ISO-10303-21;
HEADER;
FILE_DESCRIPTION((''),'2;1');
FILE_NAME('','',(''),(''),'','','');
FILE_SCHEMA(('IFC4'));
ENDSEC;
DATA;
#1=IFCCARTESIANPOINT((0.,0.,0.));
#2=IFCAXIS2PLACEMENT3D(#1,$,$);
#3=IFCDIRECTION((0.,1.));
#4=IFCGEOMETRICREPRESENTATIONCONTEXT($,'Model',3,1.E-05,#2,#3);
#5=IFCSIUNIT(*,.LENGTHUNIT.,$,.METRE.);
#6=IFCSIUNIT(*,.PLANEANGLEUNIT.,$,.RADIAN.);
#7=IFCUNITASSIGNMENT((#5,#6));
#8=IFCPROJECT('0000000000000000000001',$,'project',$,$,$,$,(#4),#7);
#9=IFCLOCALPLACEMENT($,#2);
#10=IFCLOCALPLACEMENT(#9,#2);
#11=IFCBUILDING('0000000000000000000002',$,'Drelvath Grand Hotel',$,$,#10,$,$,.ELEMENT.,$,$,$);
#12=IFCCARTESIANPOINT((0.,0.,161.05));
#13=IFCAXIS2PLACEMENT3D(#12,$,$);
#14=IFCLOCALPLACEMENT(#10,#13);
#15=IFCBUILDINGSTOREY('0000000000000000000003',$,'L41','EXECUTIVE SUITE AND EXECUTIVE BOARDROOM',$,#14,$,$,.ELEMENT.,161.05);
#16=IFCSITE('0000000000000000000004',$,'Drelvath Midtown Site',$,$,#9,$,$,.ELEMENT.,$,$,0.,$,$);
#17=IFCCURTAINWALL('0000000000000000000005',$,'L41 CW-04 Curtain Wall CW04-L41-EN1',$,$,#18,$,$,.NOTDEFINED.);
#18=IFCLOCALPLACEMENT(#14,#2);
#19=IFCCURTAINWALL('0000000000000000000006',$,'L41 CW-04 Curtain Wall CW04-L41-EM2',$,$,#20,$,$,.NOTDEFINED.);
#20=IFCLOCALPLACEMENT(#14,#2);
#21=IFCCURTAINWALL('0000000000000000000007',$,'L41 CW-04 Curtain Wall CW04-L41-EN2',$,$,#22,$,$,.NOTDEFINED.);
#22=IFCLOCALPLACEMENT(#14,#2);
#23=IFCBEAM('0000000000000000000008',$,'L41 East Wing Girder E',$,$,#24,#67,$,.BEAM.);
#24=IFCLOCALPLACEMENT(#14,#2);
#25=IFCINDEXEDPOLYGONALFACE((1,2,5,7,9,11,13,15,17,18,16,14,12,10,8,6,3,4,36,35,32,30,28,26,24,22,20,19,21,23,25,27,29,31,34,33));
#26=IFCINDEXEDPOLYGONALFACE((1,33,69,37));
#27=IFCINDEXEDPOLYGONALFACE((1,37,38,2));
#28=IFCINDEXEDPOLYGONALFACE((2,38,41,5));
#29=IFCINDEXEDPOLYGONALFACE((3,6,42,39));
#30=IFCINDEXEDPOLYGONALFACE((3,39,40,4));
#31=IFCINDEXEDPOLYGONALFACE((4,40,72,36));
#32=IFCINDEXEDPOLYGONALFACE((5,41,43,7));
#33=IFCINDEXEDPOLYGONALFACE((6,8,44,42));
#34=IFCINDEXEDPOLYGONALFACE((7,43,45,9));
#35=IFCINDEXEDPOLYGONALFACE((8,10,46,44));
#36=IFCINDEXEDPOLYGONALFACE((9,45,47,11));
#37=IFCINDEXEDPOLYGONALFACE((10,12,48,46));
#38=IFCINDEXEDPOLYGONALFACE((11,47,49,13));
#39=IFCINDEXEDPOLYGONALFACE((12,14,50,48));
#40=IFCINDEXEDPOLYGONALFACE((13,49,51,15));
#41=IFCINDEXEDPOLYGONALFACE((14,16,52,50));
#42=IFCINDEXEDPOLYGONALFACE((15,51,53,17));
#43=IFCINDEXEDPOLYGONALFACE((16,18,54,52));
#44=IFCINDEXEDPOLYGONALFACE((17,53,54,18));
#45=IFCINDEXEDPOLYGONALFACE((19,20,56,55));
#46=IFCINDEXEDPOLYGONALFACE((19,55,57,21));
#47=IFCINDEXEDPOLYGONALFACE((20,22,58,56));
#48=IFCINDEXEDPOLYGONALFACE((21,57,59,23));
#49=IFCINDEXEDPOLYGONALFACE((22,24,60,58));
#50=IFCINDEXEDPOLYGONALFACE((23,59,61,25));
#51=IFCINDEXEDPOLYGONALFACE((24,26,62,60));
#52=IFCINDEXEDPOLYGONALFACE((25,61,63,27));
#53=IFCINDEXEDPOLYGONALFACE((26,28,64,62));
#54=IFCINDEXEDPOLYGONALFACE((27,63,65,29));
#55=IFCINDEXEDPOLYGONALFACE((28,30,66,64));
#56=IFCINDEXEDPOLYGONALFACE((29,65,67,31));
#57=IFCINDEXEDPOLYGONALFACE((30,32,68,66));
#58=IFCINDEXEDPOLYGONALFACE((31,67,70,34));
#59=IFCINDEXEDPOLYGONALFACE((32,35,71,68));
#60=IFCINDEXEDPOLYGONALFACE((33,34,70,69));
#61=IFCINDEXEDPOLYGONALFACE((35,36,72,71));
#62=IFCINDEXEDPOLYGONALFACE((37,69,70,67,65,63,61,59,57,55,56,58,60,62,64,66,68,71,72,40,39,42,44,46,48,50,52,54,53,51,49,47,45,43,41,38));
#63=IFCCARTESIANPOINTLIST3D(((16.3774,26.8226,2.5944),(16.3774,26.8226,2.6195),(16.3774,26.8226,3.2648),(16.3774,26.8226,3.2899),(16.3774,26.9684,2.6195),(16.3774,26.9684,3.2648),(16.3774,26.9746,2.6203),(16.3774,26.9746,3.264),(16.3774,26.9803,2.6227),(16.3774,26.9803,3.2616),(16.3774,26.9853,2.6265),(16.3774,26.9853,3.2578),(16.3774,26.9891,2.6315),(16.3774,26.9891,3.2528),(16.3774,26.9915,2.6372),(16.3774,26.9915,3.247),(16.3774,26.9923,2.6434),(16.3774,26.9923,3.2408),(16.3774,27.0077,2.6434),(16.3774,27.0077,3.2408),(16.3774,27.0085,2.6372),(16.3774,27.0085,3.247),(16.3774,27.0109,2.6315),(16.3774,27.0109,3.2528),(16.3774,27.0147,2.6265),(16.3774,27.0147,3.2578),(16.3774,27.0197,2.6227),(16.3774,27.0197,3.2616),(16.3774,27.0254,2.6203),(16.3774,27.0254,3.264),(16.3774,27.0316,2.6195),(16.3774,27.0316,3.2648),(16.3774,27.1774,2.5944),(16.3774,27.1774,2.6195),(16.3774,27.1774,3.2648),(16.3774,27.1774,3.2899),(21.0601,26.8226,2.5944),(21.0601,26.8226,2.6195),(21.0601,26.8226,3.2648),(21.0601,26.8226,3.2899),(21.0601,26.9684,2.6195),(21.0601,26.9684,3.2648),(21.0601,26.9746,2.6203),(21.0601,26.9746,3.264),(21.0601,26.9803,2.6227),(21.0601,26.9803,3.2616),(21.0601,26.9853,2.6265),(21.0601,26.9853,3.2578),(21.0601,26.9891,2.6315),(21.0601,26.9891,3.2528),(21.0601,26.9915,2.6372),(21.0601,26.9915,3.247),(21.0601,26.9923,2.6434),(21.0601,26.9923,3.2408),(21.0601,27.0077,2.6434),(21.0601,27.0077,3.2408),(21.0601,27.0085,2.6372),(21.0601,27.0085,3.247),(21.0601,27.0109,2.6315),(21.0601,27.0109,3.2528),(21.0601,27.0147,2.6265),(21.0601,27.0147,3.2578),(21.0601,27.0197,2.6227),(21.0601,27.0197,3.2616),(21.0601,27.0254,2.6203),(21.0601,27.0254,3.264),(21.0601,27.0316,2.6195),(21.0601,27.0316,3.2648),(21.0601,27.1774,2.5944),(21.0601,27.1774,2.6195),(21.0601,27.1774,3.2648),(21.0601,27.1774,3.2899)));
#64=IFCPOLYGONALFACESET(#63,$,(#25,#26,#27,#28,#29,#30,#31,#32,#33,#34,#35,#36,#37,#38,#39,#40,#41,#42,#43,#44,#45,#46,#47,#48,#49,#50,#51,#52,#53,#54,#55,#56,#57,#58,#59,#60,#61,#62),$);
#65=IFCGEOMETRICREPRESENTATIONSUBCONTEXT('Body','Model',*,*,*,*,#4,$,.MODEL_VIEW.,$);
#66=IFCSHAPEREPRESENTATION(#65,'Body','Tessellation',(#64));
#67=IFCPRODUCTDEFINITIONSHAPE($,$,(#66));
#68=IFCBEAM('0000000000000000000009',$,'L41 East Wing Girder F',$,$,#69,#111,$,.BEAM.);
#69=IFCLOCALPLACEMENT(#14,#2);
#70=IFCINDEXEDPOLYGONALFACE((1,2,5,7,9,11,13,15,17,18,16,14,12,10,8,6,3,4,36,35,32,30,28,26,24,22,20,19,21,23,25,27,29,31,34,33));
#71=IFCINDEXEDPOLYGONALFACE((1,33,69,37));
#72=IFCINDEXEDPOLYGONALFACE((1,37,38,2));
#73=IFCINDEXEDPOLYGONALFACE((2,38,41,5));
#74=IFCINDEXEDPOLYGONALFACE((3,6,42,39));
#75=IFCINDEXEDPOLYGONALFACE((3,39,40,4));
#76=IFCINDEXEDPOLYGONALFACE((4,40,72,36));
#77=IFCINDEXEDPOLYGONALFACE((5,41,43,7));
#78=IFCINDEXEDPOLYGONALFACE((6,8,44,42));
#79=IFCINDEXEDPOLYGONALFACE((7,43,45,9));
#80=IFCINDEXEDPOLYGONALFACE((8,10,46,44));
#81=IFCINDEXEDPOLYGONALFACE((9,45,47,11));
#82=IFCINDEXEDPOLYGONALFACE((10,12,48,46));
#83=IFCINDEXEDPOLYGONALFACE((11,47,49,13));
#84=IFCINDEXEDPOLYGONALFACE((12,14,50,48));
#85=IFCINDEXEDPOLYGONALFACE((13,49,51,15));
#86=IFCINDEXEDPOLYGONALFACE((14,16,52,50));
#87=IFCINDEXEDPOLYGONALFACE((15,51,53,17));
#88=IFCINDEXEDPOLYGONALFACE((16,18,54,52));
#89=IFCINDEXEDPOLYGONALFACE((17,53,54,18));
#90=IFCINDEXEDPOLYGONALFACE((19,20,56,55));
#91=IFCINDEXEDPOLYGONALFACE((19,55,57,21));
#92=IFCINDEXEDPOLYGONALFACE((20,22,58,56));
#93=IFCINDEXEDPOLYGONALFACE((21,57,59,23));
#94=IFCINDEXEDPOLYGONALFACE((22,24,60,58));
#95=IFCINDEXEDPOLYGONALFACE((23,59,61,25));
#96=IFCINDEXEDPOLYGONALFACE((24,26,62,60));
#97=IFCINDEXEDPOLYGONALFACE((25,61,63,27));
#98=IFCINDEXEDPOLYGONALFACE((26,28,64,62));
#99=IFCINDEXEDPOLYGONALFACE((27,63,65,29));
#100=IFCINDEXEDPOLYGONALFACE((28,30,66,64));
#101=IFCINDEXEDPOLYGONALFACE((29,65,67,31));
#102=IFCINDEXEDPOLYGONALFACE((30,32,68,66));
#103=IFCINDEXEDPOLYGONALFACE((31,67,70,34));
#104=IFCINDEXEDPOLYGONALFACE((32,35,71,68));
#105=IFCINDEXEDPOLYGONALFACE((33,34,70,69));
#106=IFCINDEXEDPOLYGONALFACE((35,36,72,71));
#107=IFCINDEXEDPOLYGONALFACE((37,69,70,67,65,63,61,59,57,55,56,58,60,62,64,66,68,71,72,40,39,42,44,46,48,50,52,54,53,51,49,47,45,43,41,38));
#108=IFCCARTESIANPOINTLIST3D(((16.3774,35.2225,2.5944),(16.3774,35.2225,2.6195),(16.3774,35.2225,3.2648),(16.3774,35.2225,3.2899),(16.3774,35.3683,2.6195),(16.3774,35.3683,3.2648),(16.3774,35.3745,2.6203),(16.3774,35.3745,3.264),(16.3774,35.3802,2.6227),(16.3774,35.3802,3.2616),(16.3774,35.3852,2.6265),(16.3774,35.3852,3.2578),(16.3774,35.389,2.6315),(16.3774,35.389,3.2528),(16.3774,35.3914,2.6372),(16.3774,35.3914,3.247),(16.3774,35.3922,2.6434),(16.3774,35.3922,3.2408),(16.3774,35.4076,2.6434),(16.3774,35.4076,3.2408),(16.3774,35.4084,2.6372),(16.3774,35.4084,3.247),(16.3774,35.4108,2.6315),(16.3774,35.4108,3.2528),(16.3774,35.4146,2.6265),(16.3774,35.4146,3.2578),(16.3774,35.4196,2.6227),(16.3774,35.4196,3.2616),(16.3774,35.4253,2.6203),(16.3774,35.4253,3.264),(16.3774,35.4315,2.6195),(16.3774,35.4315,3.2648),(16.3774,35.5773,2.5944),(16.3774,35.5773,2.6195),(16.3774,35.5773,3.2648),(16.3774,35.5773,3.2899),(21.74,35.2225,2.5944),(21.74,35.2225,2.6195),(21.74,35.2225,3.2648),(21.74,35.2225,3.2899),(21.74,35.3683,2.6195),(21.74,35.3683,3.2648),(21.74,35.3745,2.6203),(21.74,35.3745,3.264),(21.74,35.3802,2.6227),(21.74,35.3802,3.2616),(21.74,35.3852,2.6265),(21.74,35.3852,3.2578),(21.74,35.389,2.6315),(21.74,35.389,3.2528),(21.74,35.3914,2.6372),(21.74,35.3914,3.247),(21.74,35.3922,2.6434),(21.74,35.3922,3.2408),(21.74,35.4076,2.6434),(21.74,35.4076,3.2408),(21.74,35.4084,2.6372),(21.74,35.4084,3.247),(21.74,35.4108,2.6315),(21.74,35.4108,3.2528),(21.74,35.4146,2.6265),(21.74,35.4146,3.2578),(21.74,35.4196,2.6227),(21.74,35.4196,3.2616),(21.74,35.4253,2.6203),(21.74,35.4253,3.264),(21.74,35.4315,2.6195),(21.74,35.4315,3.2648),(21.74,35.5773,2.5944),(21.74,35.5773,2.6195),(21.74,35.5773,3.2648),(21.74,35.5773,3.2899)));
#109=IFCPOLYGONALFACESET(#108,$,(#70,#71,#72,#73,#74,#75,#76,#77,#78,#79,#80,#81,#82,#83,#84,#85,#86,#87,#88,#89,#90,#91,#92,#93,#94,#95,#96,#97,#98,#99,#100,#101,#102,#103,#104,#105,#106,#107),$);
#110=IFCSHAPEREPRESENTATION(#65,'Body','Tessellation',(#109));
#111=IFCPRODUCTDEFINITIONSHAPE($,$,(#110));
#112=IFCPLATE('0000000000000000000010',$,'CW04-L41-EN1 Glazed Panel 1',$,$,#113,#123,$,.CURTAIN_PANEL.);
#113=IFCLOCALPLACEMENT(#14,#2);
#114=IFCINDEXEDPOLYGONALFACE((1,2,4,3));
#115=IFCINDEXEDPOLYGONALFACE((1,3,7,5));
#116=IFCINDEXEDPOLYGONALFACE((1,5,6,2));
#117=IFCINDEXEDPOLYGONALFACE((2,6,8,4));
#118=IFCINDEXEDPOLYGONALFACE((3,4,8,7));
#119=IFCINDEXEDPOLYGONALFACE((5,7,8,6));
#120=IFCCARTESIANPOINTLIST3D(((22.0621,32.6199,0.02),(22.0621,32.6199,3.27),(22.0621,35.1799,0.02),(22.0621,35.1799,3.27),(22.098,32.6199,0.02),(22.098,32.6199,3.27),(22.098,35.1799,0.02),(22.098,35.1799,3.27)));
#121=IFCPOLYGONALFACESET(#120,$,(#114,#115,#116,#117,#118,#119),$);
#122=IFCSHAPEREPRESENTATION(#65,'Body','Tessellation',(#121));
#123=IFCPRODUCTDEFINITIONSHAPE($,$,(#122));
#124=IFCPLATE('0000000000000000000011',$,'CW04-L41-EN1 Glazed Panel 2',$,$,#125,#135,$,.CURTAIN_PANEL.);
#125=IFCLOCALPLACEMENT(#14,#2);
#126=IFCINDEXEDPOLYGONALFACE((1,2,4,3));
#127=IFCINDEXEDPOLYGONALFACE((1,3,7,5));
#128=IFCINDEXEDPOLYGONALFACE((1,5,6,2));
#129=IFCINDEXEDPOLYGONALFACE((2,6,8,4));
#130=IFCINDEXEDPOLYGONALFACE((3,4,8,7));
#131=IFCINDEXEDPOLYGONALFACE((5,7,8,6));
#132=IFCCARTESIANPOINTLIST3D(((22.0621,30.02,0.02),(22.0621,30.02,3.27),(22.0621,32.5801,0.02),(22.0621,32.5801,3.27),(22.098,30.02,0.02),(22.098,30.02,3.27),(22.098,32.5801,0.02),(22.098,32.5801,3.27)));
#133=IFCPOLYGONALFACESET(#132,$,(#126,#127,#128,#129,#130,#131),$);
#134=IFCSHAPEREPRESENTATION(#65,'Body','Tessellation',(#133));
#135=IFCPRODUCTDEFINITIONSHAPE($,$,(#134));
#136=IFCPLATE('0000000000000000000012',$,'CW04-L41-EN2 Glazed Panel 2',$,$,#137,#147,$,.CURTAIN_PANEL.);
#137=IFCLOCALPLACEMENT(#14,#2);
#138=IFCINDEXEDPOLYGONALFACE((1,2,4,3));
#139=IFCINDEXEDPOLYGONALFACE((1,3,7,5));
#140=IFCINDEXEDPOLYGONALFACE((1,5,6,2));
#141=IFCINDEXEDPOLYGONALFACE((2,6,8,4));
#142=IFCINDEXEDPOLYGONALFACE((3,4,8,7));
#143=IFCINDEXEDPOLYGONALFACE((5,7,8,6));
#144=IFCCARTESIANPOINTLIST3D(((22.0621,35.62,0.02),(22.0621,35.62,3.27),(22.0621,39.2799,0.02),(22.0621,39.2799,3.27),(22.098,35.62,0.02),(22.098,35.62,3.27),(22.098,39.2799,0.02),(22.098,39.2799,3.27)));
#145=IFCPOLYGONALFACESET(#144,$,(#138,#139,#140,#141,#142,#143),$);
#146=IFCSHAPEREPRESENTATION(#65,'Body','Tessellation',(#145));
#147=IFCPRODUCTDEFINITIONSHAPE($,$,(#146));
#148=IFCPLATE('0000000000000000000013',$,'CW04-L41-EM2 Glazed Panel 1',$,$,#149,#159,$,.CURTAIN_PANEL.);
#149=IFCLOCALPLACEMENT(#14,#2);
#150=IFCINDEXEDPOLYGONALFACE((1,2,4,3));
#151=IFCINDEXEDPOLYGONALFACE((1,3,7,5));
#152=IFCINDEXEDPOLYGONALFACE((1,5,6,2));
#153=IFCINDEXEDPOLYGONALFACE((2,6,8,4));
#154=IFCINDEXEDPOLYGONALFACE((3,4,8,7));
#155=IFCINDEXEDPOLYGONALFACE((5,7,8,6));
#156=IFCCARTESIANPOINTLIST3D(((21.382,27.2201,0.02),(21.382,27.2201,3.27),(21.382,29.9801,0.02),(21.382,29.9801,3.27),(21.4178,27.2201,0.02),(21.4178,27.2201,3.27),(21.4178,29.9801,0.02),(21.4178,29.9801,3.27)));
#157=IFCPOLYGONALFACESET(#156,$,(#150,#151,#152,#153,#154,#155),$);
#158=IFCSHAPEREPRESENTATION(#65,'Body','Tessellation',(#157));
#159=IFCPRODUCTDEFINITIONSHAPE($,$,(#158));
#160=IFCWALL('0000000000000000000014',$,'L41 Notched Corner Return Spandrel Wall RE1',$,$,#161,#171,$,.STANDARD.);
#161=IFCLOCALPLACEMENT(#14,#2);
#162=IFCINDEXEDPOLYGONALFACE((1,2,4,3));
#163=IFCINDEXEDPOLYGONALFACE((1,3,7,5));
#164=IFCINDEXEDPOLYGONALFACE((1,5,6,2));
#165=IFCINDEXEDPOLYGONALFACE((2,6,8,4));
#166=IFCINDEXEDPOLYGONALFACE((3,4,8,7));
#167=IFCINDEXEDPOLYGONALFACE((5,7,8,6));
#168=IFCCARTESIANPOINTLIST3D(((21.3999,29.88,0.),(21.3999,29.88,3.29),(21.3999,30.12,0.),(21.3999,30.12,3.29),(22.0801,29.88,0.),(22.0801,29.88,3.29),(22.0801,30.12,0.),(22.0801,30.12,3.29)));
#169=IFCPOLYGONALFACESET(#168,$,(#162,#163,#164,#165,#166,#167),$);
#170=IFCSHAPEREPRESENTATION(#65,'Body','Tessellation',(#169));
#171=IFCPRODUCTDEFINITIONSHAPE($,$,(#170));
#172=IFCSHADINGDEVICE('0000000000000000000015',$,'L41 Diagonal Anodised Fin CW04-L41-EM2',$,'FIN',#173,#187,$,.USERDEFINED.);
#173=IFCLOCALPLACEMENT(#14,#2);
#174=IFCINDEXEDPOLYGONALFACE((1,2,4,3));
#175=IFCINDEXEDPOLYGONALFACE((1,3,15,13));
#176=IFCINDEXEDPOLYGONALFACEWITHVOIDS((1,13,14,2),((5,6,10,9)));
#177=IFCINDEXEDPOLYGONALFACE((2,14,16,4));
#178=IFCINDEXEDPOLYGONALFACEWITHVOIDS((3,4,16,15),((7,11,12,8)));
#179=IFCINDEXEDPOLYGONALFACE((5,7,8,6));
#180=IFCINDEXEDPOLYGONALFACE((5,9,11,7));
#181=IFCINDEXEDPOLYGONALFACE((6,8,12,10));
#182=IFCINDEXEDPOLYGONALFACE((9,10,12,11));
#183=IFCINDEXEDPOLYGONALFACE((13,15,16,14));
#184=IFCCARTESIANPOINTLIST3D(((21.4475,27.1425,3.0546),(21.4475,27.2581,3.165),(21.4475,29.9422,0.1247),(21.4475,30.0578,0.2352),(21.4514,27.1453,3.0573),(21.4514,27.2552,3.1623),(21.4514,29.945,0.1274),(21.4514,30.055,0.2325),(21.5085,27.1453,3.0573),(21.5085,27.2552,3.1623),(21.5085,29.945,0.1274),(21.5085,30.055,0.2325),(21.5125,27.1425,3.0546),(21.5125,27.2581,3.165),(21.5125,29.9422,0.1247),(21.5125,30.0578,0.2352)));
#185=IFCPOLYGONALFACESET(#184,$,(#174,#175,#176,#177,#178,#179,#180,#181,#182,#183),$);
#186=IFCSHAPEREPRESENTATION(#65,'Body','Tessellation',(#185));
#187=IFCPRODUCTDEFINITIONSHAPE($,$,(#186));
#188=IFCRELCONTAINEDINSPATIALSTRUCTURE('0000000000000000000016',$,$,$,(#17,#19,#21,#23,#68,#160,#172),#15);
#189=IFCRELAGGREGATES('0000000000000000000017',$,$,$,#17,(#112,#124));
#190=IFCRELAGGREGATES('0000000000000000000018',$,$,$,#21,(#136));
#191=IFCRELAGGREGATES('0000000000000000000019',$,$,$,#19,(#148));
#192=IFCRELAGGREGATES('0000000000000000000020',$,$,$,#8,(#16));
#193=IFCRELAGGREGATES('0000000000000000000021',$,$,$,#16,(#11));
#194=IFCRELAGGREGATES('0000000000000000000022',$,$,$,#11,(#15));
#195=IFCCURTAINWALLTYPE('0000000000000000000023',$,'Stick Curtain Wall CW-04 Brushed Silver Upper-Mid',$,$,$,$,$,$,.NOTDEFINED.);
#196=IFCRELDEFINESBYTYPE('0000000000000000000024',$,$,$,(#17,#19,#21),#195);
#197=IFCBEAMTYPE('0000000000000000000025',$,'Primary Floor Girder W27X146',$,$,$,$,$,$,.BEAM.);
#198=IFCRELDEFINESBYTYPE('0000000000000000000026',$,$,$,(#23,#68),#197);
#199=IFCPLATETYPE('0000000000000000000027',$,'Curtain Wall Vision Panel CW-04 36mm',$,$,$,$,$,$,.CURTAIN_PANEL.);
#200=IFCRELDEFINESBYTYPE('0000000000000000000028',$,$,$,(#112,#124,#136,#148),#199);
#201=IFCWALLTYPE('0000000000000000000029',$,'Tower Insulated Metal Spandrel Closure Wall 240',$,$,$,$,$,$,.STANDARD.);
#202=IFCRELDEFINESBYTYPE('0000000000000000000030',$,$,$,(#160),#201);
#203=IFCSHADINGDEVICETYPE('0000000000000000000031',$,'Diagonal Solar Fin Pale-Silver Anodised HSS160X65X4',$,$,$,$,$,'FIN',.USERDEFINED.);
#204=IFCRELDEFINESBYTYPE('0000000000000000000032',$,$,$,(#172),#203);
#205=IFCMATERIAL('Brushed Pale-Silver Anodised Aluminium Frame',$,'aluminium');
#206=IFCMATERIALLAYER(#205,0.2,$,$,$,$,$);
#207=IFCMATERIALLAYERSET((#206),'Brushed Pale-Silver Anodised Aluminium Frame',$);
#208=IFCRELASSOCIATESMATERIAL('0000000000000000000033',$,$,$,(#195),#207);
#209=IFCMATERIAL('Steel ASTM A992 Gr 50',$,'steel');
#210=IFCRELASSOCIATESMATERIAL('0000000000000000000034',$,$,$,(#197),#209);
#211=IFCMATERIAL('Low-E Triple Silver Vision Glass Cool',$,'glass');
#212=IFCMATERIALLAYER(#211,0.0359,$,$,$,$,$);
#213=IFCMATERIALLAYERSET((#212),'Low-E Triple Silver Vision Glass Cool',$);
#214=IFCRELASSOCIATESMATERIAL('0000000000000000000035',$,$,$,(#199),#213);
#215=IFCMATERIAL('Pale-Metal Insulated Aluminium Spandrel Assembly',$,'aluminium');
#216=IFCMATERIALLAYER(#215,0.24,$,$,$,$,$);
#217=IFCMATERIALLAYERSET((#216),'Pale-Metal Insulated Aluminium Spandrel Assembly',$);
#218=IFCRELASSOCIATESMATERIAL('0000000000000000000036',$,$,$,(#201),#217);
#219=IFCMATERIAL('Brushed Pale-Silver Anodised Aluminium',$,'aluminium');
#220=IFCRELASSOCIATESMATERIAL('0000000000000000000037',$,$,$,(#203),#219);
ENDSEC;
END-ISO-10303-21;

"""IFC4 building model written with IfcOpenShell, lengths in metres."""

from ifc_helpers import new_model, si_unit, direction, frame, frame_2d, origin, origin_2d, place, context, subcontext, project, spatial, rectangle, hollow_rectangle, i_section, extrude, material, layer, layer_set, material_profile, profile_set, type_object, element, aggregate, save


model = new_model("IFC4")

# Units and contexts
model_context = context("Model", 3, precision=1e-05, world=origin(), true_north=direction((0.0, 1.0)))
body_context = subcontext(model_context, "Body", "Model", "MODEL_VIEW")
ifc_project = project(units=[si_unit("LENGTHUNIT", "METRE"), si_unit("PLANEANGLEUNIT", "RADIAN")], contexts=[model_context])

# Site, building, storey
site_placement = place(None, origin())
site = spatial("IfcSite", under=ifc_project, at=site_placement, Name="Drelvath Midtown Site", CompositionType="ELEMENT", RefElevation=0.0)
building_placement = place(site_placement, origin())
building = spatial("IfcBuilding", under=site, at=building_placement, Name="Drelvath Grand Hotel", CompositionType="ELEMENT")
storey_placement = place(building_placement, frame((0.0, 0.0, 161.05)))
storey = spatial("IfcBuildingStorey", under=building, at=storey_placement, Name="L41", Description="EXECUTIVE SUITE AND EXECUTIVE BOARDROOM", CompositionType="ELEMENT", Elevation=161.05)

# Curtain walls
ifc_material_1 = material(Name="Brushed Pale-Silver Anodised Aluminium Frame", Category="aluminium")
ifc_layer_1 = layer(ifc_material_1, 0.2)
ifc_layer_set_1 = layer_set([ifc_layer_1], Name="Brushed Pale-Silver Anodised Aluminium Frame")
curtain_wall_type = type_object("IfcCurtainWallType", Name="Stick Curtain Wall CW-04 Brushed Silver Upper-Mid", PredefinedType="NOTDEFINED", material=ifc_layer_set_1)
curtain_wall_1_placement = place(storey_placement, origin())
curtain_wall_1 = element("IfcCurtainWall", 1, at=curtain_wall_1_placement, inside=storey, type_object=curtain_wall_type, Name="L41 CW-04 Curtain Wall CW04-L41-EN1", PredefinedType="NOTDEFINED")
curtain_wall_2_placement = place(storey_placement, origin())
curtain_wall_2 = element("IfcCurtainWall", 2, at=curtain_wall_2_placement, inside=storey, type_object=curtain_wall_type, Name="L41 CW-04 Curtain Wall CW04-L41-EM2", PredefinedType="NOTDEFINED")

# Curtain wall
curtain_wall_3_placement = place(storey_placement, origin())
curtain_wall_3 = element("IfcCurtainWall", 3, at=curtain_wall_3_placement, inside=storey, type_object=curtain_wall_type, Name="L41 CW-04 Curtain Wall CW04-L41-EN2", PredefinedType="NOTDEFINED")

# Beams
ifc_material_2 = material(Name="Steel ASTM A992 Gr 50", Category="steel")
ifc_material_profile_1 = material_profile(ifc_material_2, i_section(OverallWidth=0.3547, OverallDepth=0.6956, WebThickness=0.0154, FlangeThickness=0.0251, FilletRadius=0.0239, at=origin_2d()), Name="W27X146")
ifc_profile_set_1 = profile_set([ifc_material_profile_1], Name="Steel ASTM A992 Gr 50")
beam_type_1 = type_object("IfcBeamType", Name="Primary Floor Girder W27X146", PredefinedType="BEAM", material=ifc_profile_set_1)
beam_1_placement = place(storey_placement, frame((16.3774, 27.0, 2.9421), z_axis=(1.0, 0.0, 0.0), x_axis=(0.0, 1.0, 0.0)))
element("IfcBeam", 4, at=beam_1_placement, inside=storey, type_object=beam_type_1, Name="L41 East Wing Girder E", PredefinedType="BEAM", context=body_context, shape_type="SweptSolid", body=[
    extrude(i_section(OverallWidth=0.3547, OverallDepth=0.6956, WebThickness=0.0154, FlangeThickness=0.0251, FilletRadius=0.0239, at=origin_2d()), origin(), (0.0, 0.0, 1.0), 4.6826),
])
beam_2_placement = place(storey_placement, frame((16.3774, 35.3999, 2.9421), z_axis=(1.0, 0.0, 0.0), x_axis=(0.0, 1.0, 0.0)))
element("IfcBeam", 5, at=beam_2_placement, inside=storey, type_object=beam_type_1, Name="L41 East Wing Girder F", PredefinedType="BEAM", context=body_context, shape_type="SweptSolid", body=[
    extrude(i_section(OverallWidth=0.3547, OverallDepth=0.6956, WebThickness=0.0154, FlangeThickness=0.0251, FilletRadius=0.0239, at=origin_2d()), origin(), (0.0, 0.0, 1.0), 5.3625),
])

# Plates
ifc_material_3 = material(Name="Low-E Triple Silver Vision Glass Cool", Category="glass")
ifc_layer_2 = layer(ifc_material_3, 0.0359)
ifc_layer_set_2 = layer_set([ifc_layer_2], Name="Low-E Triple Silver Vision Glass Cool")
plate_type = type_object("IfcPlateType", Name="Curtain Wall Vision Panel CW-04 36mm", PredefinedType="CURTAIN_PANEL", material=ifc_layer_set_2)
plate_1_placement = place(storey_placement, frame((22.0801, 33.8999, 0.02), z_axis=(0.0, 0.0, 1.0), x_axis=(0.0, -1.0, 0.0)))
plate_1 = element("IfcPlate", 6, at=plate_1_placement, type_object=plate_type, Name="CW04-L41-EN1 Glazed Panel 1", PredefinedType="CURTAIN_PANEL", context=body_context, shape_type="SweptSolid", body=[
    extrude(rectangle(XDim=2.5601, YDim=0.0359, at=origin_2d()), origin(), (0.0, 0.0, 1.0), 3.25),
])
plate_2_placement = place(storey_placement, frame((22.0801, 31.3, 0.02), z_axis=(0.0, 0.0, 1.0), x_axis=(0.0, -1.0, 0.0)))
plate_2 = element("IfcPlate", 7, at=plate_2_placement, type_object=plate_type, Name="CW04-L41-EN1 Glazed Panel 2", PredefinedType="CURTAIN_PANEL", context=body_context, shape_type="SweptSolid", body=[
    extrude(rectangle(XDim=2.5601, YDim=0.0359, at=origin_2d()), origin(), (0.0, 0.0, 1.0), 3.25),
])
aggregate(curtain_wall_1, [plate_1, plate_2])
plate_3_placement = place(storey_placement, frame((22.0801, 37.45, 0.02), z_axis=(0.0, 0.0, 1.0), x_axis=(0.0, -1.0, 0.0)))
plate_3 = element("IfcPlate", 8, at=plate_3_placement, type_object=plate_type, Name="CW04-L41-EN2 Glazed Panel 2", PredefinedType="CURTAIN_PANEL", context=body_context, shape_type="SweptSolid", body=[
    extrude(rectangle(XDim=3.6599, YDim=0.0359, at=origin_2d()), origin(), (0.0, 0.0, 1.0), 3.25),
])
aggregate(curtain_wall_3, [plate_3])
plate_4_placement = place(storey_placement, frame((21.3999, 28.6001, 0.02), z_axis=(0.0, 0.0, 1.0), x_axis=(0.0, -1.0, 0.0)))
plate_4 = element("IfcPlate", 9, at=plate_4_placement, type_object=plate_type, Name="CW04-L41-EM2 Glazed Panel 1", PredefinedType="CURTAIN_PANEL", context=body_context, shape_type="SweptSolid", body=[
    extrude(rectangle(XDim=2.76, YDim=0.0359, at=origin_2d()), origin(), (0.0, 0.0, 1.0), 3.25),
])
aggregate(curtain_wall_2, [plate_4])

# Wall
ifc_material_4 = material(Name="Pale-Metal Insulated Aluminium Spandrel Assembly", Category="aluminium")
ifc_layer_3 = layer(ifc_material_4, 0.24)
ifc_layer_set_3 = layer_set([ifc_layer_3], Name="Pale-Metal Insulated Aluminium Spandrel Assembly")
wall_type = type_object("IfcWallType", Name="Tower Insulated Metal Spandrel Closure Wall 240", PredefinedType="STANDARD", material=ifc_layer_set_3)
wall_placement = place(storey_placement, frame((22.0801, 30.0, 0.0), z_axis=(0.0, 0.0, 1.0), x_axis=(-1.0, 0.0, 0.0)))
element("IfcWall", 10, at=wall_placement, inside=storey, type_object=wall_type, Name="L41 Notched Corner Return Spandrel Wall RE1", PredefinedType="STANDARD", context=body_context, shape_type="SweptSolid", body=[
    extrude(rectangle(XDim=0.6802, YDim=0.24, at=frame_2d((0.3401, 0.0))), origin(), (0.0, 0.0, 1.0), 3.29),
])

# Shading device
ifc_material_5 = material(Name="Brushed Pale-Silver Anodised Aluminium", Category="aluminium")
ifc_material_profile_2 = material_profile(ifc_material_5, hollow_rectangle(XDim=0.0649, YDim=0.1599, WallThickness=0.0039, at=origin_2d()), Name="HSS160X65X4")
ifc_profile_set_2 = profile_set([ifc_material_profile_2], Name="Brushed Pale-Silver Anodised Aluminium")
shading_device_type = type_object("IfcShadingDeviceType", Name="Diagonal Solar Fin Pale-Silver Anodised HSS160X65X4", ElementType="FIN", PredefinedType="USERDEFINED", material=ifc_profile_set_2)
shading_device_placement = place(storey_placement, frame((21.48, 30.0, 0.1799), z_axis=(0.0, -0.69087, 0.722979), x_axis=(1.0, 0.0, 0.0)))
element("IfcShadingDevice", 11, at=shading_device_placement, inside=storey, type_object=shading_device_type, Name="L41 Diagonal Anodised Fin CW04-L41-EM2", ObjectType="FIN", PredefinedType="USERDEFINED", context=body_context, shape_type="SweptSolid", body=[
    extrude(hollow_rectangle(XDim=0.0649, YDim=0.1599, WallThickness=0.0039, at=origin_2d()), origin(), (0.0, 0.0, 1.0), 4.0525),
])

save(model, "model.ifc")
